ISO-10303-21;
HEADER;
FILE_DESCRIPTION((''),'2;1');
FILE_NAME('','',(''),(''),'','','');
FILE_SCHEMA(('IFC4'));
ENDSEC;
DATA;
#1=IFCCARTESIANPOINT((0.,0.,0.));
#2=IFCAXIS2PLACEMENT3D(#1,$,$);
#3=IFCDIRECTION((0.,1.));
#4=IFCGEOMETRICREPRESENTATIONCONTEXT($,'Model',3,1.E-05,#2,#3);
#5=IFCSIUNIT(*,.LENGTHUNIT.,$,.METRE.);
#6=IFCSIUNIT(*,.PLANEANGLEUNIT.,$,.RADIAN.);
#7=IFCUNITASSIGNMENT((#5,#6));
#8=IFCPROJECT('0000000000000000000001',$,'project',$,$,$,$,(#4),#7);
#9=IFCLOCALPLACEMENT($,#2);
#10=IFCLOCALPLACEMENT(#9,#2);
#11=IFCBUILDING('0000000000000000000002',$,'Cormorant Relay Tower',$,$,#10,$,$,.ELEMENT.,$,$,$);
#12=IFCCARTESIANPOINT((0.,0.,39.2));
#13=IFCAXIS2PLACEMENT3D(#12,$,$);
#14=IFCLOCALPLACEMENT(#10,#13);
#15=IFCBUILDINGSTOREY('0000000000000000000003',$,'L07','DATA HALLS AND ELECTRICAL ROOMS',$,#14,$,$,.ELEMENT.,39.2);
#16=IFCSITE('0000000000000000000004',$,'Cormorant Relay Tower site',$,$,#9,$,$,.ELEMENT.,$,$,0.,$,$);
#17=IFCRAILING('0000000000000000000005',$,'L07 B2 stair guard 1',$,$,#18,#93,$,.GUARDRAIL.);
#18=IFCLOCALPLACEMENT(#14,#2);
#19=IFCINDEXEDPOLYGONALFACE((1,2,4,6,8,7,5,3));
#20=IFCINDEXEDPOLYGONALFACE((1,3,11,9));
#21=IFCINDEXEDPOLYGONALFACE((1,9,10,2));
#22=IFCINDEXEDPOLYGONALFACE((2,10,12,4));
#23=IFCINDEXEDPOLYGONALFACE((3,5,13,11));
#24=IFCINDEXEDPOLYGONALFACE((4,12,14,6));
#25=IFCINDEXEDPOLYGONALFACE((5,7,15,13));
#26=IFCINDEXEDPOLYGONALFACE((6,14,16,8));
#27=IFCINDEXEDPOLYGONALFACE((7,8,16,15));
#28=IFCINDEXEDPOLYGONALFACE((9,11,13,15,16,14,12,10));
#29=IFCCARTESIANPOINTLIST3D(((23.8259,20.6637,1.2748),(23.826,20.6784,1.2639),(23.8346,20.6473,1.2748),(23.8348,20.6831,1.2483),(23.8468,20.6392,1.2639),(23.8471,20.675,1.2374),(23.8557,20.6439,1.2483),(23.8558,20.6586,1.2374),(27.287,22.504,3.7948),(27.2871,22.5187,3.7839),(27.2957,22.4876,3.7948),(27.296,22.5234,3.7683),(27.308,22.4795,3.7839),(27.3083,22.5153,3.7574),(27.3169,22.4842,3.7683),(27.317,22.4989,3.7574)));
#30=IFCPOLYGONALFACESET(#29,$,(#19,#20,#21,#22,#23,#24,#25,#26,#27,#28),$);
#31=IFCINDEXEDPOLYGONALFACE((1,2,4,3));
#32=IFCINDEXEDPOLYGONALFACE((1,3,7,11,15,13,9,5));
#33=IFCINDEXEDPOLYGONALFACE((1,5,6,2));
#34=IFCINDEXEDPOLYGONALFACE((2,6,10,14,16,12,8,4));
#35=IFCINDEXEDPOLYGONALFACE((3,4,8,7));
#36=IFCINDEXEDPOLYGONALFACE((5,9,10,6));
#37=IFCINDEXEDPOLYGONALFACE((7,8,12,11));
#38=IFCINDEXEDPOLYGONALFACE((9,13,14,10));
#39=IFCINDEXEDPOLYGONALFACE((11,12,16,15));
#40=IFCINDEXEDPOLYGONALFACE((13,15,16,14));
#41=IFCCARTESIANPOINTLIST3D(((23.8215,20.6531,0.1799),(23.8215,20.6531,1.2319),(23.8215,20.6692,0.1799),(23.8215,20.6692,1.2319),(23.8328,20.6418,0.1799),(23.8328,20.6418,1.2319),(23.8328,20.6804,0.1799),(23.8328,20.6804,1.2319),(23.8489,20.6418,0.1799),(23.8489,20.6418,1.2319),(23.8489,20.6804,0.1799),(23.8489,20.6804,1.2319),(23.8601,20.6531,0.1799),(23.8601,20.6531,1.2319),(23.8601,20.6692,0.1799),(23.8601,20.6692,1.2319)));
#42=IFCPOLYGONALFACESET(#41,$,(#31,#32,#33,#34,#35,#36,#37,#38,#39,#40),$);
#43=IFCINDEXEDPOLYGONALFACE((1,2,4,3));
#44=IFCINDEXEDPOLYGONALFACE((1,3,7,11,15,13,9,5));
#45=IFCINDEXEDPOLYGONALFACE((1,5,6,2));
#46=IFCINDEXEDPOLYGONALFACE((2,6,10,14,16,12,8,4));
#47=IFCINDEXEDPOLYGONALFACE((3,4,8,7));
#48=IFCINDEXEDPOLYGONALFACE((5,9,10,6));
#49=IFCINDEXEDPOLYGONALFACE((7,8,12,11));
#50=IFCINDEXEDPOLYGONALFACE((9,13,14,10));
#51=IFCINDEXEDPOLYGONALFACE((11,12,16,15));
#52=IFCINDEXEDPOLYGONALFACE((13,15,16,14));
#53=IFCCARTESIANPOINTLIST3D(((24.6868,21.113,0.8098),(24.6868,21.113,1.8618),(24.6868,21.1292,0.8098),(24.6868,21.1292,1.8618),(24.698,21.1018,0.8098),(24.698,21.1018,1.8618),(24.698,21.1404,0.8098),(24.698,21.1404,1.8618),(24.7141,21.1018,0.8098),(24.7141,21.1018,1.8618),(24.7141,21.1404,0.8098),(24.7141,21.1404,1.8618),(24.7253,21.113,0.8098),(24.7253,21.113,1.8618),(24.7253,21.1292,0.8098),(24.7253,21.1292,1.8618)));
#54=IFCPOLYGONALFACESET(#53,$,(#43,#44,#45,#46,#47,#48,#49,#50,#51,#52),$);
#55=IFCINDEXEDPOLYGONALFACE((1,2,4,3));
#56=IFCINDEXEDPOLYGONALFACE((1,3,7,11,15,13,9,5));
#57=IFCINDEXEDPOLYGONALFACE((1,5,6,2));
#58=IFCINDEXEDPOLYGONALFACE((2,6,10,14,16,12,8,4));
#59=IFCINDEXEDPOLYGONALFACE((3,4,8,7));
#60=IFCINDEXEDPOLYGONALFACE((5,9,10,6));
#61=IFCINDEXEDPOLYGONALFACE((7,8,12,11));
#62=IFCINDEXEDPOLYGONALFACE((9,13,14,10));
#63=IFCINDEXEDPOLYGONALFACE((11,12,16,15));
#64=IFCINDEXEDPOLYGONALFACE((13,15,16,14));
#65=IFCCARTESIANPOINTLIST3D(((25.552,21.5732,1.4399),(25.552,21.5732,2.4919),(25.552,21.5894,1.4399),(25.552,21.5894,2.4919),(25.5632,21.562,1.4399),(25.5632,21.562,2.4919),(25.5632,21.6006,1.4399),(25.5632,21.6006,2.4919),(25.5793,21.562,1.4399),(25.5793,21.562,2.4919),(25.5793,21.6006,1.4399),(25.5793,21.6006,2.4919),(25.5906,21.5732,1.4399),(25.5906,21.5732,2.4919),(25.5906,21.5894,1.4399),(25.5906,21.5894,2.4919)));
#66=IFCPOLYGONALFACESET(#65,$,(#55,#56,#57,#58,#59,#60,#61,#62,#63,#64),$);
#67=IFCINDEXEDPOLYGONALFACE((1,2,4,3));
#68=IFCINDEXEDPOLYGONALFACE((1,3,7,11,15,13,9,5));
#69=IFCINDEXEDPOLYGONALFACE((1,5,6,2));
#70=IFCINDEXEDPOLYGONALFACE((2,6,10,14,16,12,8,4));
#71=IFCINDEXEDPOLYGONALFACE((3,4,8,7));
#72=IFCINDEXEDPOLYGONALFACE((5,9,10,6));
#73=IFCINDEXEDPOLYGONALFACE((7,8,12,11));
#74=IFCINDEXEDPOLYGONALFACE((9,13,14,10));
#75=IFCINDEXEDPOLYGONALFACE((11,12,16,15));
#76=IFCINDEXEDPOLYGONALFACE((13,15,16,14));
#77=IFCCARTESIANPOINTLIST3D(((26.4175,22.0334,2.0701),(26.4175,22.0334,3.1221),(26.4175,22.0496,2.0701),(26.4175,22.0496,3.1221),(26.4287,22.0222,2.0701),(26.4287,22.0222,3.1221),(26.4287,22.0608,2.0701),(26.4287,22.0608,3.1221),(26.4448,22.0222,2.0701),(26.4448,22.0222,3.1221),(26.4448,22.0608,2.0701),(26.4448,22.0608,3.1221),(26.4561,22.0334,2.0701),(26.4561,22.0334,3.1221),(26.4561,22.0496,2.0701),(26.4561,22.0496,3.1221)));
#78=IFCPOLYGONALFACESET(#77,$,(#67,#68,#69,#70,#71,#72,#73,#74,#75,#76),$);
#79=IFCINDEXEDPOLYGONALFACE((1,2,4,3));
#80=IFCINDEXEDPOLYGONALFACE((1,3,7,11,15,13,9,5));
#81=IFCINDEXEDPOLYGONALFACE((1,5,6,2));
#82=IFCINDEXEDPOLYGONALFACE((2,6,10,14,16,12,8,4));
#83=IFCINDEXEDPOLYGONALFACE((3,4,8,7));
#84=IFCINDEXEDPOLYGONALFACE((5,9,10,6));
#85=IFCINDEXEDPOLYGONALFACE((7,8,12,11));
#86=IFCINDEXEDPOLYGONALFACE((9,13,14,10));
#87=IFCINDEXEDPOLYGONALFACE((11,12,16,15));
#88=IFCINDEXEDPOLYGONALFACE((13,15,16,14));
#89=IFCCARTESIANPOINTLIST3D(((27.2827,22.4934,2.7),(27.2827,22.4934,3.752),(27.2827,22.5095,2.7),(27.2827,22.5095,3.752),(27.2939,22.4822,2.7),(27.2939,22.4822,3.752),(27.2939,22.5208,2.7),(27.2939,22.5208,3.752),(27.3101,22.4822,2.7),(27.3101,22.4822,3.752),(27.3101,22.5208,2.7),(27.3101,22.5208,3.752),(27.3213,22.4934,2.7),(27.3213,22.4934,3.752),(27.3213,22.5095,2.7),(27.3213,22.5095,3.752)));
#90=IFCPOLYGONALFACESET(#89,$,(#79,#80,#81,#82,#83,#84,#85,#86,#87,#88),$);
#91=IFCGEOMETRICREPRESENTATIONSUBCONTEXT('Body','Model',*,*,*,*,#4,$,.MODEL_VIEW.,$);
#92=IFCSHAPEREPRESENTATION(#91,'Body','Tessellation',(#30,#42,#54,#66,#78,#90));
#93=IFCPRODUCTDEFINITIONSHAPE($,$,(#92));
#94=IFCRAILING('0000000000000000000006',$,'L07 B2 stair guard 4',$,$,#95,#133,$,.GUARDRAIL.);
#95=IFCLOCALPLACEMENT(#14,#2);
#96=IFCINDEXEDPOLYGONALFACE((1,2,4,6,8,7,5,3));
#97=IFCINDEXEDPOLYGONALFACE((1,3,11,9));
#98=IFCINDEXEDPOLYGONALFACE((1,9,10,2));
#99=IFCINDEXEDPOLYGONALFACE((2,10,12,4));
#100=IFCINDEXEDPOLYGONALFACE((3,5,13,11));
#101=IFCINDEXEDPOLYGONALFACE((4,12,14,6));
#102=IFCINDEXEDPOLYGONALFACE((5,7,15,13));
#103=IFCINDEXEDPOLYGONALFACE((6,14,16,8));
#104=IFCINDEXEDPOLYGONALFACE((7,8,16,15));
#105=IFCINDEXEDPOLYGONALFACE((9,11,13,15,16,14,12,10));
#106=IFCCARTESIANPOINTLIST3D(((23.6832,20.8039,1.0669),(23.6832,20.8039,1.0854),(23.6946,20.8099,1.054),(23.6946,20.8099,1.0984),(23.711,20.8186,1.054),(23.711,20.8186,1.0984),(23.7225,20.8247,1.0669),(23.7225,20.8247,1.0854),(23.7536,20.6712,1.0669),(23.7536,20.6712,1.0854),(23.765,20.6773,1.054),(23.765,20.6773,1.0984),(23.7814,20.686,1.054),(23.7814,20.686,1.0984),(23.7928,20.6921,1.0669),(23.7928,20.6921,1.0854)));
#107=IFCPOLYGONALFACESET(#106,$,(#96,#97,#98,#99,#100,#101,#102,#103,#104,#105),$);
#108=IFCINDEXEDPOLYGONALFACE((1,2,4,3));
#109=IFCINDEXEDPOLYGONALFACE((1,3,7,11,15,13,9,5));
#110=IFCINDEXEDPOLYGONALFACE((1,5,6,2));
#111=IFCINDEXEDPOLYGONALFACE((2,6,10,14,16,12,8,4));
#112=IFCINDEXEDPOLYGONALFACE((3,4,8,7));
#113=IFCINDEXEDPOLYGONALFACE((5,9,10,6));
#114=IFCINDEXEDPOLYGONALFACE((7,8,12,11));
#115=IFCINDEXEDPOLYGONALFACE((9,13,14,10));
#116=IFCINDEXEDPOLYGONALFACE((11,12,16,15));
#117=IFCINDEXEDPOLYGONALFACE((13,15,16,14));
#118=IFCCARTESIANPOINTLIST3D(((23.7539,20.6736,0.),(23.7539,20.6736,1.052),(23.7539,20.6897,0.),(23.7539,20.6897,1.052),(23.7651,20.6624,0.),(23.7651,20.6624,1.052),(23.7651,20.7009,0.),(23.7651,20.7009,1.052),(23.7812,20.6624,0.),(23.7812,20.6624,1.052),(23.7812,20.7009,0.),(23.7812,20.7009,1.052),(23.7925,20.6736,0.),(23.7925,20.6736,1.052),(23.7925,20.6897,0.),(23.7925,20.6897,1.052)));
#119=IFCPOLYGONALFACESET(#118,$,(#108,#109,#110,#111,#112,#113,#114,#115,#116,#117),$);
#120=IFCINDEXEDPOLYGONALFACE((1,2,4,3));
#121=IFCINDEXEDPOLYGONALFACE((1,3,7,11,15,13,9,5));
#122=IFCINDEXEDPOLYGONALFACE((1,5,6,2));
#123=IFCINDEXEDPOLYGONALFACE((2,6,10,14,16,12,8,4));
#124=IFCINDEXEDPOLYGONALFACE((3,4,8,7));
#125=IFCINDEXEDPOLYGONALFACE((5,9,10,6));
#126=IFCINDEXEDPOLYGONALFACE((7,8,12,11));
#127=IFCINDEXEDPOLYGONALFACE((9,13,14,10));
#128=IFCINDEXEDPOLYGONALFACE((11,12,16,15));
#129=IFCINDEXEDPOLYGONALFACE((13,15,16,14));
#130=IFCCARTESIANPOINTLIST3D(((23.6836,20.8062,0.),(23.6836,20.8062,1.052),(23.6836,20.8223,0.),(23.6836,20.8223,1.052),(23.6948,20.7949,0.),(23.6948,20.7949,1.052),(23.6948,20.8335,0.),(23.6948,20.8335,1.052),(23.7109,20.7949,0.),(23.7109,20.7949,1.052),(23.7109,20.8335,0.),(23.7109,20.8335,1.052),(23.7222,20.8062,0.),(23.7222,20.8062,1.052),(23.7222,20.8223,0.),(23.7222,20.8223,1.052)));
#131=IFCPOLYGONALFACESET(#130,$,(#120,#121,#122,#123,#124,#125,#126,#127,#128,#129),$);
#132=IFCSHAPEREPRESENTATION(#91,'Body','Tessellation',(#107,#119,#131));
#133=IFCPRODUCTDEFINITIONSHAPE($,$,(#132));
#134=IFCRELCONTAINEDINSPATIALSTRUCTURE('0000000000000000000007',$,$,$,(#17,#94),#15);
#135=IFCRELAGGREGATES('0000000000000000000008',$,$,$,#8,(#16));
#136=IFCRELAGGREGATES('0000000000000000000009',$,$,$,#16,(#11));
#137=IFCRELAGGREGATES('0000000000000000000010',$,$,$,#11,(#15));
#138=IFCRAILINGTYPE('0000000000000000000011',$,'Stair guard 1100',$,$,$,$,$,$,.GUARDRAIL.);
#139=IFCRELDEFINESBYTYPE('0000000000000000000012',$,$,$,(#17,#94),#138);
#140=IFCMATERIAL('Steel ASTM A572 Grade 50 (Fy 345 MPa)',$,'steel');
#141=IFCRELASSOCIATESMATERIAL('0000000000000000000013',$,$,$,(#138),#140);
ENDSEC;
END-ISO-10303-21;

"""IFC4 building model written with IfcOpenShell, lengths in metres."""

from ifc_helpers import new_model, si_unit, direction, frame, origin, place, context, subcontext, project, spatial, polyline, outline, extrude, material, type_object, element, save


model = new_model("IFC4")

# Units and contexts
model_context = context("Model", 3, precision=1e-05, world=origin(), true_north=direction((0.0, 1.0)))
body_context = subcontext(model_context, "Body", "Model", "MODEL_VIEW")
ifc_project = project(units=[si_unit("LENGTHUNIT", "METRE"), si_unit("PLANEANGLEUNIT", "RADIAN")], contexts=[model_context])

# Site, building, storey
site_placement = place(None, origin())
site = spatial("IfcSite", under=ifc_project, at=site_placement, Name="Cormorant Relay Tower site", CompositionType="ELEMENT", RefElevation=0.0)
building_placement = place(site_placement, origin())
building = spatial("IfcBuilding", under=site, at=building_placement, Name="Cormorant Relay Tower", CompositionType="ELEMENT")
storey_placement = place(building_placement, frame((0.0, 0.0, 39.2)))
storey = spatial("IfcBuildingStorey", under=building, at=storey_placement, Name="L07", Description="DATA HALLS AND ELECTRICAL ROOMS", CompositionType="ELEMENT", Elevation=39.2)

# Railings
ifc_material_1 = material(Name="Steel ASTM A572 Grade 50 (Fy 345 MPa)", Category="steel")
railing_type_1 = type_object("IfcRailingType", Name="Stair guard 1100", PredefinedType="GUARDRAIL", material=ifc_material_1)
railing_1_placement = place(storey_placement, frame((23.8408, 20.6611, 0.1799)))
element("IfcRailing", 1, at=railing_1_placement, inside=storey, type_object=railing_type_1, Name="L07 B2 stair guard 1", PredefinedType="GUARDRAIL", context=body_context, shape_type="SweptSolid", body=[
    extrude(outline(polyline([(0.0222, 0.0093), (0.0093, 0.0222), (-0.0093, 0.0222), (-0.0222, 0.0093), (-0.0222, -0.0093), (-0.0093, -0.0222), (0.0093, -0.0222), (0.0222, -0.0093), (0.0222, 0.0093)])), frame((0.0, 0.0, 1.0762), z_axis=(0.742717, 0.394907, 0.540758), x_axis=(-0.469469, 0.882949, 0.0)), (0.0, 0.0, 1.0), 4.6602),
    extrude(outline(polyline([(0.0193, 0.0081), (0.0081, 0.0193), (-0.0081, 0.0193), (-0.0193, 0.0081), (-0.0193, -0.0081), (-0.0081, -0.0193), (0.0081, -0.0193), (0.0193, -0.0081), (0.0193, 0.0081)])), origin(), (0.0, 0.0, 1.0), 1.052),
    extrude(outline(polyline([(0.0193, 0.0081), (0.0081, 0.0193), (-0.0081, 0.0193), (-0.0193, 0.0081), (-0.0193, -0.0081), (-0.0081, -0.0193), (0.0081, -0.0193), (0.0193, -0.0081), (0.0193, 0.0081)])), frame((0.8652, 0.46, 0.6299)), (0.0, 0.0, 1.0), 1.052),
    extrude(outline(polyline([(0.0193, 0.0081), (0.0081, 0.0193), (-0.0081, 0.0193), (-0.0193, 0.0081), (-0.0193, -0.0081), (-0.0081, -0.0193), (0.0081, -0.0193), (0.0193, -0.0081), (0.0193, 0.0081)])), frame((1.7305, 0.9202, 1.26)), (0.0, 0.0, 1.0), 1.052),
    extrude(outline(polyline([(0.0193, 0.0081), (0.0081, 0.0193), (-0.0081, 0.0193), (-0.0193, 0.0081), (-0.0193, -0.0081), (-0.0081, -0.0193), (0.0081, -0.0193), (0.0193, -0.0081), (0.0193, 0.0081)])), frame((2.5959, 1.3804, 1.8901)), (0.0, 0.0, 1.0), 1.052),
    extrude(outline(polyline([(0.0193, 0.0081), (0.0081, 0.0193), (-0.0081, 0.0193), (-0.0193, 0.0081), (-0.0193, -0.0081), (-0.0081, -0.0193), (0.0081, -0.0193), (0.0193, -0.0081), (0.0193, 0.0081)])), frame((3.4612, 1.8403, 2.52)), (0.0, 0.0, 1.0), 1.052),
])
railing_2_placement = place(storey_placement, frame((23.7732, 20.6816, 0.0)))
element("IfcRailing", 2, at=railing_2_placement, inside=storey, type_object=railing_type_1, Name="L07 B2 stair guard 4", PredefinedType="GUARDRAIL", context=body_context, shape_type="SweptSolid", body=[
    extrude(outline(polyline([(0.0222, 0.0093), (0.0093, 0.0222), (-0.0093, 0.0222), (-0.0222, 0.0093), (-0.0222, -0.0093), (-0.0093, -0.0222), (0.0093, -0.0222), (0.0222, -0.0093), (0.0222, 0.0093)])), frame((0.0, 0.0, 1.0762), z_axis=(-0.46856, 0.883431, 0.0), x_axis=(-0.883431, -0.46856, 0.0)), (0.0, 0.0, 1.0), 0.1501),
    extrude(outline(polyline([(0.0193, 0.0081), (0.0081, 0.0193), (-0.0081, 0.0193), (-0.0193, 0.0081), (-0.0193, -0.0081), (-0.0081, -0.0193), (0.0081, -0.0193), (0.0193, -0.0081), (0.0193, 0.0081)])), origin(), (0.0, 0.0, 1.0), 1.052),
    extrude(outline(polyline([(0.0193, 0.0081), (0.0081, 0.0193), (-0.0081, 0.0193), (-0.0193, 0.0081), (-0.0193, -0.0081), (-0.0081, -0.0193), (0.0081, -0.0193), (0.0193, -0.0081), (0.0193, 0.0081)])), frame((-0.0703, 0.1326, 0.0)), (0.0, 0.0, 1.0), 1.052),
])

save(model, "model.ifc")
